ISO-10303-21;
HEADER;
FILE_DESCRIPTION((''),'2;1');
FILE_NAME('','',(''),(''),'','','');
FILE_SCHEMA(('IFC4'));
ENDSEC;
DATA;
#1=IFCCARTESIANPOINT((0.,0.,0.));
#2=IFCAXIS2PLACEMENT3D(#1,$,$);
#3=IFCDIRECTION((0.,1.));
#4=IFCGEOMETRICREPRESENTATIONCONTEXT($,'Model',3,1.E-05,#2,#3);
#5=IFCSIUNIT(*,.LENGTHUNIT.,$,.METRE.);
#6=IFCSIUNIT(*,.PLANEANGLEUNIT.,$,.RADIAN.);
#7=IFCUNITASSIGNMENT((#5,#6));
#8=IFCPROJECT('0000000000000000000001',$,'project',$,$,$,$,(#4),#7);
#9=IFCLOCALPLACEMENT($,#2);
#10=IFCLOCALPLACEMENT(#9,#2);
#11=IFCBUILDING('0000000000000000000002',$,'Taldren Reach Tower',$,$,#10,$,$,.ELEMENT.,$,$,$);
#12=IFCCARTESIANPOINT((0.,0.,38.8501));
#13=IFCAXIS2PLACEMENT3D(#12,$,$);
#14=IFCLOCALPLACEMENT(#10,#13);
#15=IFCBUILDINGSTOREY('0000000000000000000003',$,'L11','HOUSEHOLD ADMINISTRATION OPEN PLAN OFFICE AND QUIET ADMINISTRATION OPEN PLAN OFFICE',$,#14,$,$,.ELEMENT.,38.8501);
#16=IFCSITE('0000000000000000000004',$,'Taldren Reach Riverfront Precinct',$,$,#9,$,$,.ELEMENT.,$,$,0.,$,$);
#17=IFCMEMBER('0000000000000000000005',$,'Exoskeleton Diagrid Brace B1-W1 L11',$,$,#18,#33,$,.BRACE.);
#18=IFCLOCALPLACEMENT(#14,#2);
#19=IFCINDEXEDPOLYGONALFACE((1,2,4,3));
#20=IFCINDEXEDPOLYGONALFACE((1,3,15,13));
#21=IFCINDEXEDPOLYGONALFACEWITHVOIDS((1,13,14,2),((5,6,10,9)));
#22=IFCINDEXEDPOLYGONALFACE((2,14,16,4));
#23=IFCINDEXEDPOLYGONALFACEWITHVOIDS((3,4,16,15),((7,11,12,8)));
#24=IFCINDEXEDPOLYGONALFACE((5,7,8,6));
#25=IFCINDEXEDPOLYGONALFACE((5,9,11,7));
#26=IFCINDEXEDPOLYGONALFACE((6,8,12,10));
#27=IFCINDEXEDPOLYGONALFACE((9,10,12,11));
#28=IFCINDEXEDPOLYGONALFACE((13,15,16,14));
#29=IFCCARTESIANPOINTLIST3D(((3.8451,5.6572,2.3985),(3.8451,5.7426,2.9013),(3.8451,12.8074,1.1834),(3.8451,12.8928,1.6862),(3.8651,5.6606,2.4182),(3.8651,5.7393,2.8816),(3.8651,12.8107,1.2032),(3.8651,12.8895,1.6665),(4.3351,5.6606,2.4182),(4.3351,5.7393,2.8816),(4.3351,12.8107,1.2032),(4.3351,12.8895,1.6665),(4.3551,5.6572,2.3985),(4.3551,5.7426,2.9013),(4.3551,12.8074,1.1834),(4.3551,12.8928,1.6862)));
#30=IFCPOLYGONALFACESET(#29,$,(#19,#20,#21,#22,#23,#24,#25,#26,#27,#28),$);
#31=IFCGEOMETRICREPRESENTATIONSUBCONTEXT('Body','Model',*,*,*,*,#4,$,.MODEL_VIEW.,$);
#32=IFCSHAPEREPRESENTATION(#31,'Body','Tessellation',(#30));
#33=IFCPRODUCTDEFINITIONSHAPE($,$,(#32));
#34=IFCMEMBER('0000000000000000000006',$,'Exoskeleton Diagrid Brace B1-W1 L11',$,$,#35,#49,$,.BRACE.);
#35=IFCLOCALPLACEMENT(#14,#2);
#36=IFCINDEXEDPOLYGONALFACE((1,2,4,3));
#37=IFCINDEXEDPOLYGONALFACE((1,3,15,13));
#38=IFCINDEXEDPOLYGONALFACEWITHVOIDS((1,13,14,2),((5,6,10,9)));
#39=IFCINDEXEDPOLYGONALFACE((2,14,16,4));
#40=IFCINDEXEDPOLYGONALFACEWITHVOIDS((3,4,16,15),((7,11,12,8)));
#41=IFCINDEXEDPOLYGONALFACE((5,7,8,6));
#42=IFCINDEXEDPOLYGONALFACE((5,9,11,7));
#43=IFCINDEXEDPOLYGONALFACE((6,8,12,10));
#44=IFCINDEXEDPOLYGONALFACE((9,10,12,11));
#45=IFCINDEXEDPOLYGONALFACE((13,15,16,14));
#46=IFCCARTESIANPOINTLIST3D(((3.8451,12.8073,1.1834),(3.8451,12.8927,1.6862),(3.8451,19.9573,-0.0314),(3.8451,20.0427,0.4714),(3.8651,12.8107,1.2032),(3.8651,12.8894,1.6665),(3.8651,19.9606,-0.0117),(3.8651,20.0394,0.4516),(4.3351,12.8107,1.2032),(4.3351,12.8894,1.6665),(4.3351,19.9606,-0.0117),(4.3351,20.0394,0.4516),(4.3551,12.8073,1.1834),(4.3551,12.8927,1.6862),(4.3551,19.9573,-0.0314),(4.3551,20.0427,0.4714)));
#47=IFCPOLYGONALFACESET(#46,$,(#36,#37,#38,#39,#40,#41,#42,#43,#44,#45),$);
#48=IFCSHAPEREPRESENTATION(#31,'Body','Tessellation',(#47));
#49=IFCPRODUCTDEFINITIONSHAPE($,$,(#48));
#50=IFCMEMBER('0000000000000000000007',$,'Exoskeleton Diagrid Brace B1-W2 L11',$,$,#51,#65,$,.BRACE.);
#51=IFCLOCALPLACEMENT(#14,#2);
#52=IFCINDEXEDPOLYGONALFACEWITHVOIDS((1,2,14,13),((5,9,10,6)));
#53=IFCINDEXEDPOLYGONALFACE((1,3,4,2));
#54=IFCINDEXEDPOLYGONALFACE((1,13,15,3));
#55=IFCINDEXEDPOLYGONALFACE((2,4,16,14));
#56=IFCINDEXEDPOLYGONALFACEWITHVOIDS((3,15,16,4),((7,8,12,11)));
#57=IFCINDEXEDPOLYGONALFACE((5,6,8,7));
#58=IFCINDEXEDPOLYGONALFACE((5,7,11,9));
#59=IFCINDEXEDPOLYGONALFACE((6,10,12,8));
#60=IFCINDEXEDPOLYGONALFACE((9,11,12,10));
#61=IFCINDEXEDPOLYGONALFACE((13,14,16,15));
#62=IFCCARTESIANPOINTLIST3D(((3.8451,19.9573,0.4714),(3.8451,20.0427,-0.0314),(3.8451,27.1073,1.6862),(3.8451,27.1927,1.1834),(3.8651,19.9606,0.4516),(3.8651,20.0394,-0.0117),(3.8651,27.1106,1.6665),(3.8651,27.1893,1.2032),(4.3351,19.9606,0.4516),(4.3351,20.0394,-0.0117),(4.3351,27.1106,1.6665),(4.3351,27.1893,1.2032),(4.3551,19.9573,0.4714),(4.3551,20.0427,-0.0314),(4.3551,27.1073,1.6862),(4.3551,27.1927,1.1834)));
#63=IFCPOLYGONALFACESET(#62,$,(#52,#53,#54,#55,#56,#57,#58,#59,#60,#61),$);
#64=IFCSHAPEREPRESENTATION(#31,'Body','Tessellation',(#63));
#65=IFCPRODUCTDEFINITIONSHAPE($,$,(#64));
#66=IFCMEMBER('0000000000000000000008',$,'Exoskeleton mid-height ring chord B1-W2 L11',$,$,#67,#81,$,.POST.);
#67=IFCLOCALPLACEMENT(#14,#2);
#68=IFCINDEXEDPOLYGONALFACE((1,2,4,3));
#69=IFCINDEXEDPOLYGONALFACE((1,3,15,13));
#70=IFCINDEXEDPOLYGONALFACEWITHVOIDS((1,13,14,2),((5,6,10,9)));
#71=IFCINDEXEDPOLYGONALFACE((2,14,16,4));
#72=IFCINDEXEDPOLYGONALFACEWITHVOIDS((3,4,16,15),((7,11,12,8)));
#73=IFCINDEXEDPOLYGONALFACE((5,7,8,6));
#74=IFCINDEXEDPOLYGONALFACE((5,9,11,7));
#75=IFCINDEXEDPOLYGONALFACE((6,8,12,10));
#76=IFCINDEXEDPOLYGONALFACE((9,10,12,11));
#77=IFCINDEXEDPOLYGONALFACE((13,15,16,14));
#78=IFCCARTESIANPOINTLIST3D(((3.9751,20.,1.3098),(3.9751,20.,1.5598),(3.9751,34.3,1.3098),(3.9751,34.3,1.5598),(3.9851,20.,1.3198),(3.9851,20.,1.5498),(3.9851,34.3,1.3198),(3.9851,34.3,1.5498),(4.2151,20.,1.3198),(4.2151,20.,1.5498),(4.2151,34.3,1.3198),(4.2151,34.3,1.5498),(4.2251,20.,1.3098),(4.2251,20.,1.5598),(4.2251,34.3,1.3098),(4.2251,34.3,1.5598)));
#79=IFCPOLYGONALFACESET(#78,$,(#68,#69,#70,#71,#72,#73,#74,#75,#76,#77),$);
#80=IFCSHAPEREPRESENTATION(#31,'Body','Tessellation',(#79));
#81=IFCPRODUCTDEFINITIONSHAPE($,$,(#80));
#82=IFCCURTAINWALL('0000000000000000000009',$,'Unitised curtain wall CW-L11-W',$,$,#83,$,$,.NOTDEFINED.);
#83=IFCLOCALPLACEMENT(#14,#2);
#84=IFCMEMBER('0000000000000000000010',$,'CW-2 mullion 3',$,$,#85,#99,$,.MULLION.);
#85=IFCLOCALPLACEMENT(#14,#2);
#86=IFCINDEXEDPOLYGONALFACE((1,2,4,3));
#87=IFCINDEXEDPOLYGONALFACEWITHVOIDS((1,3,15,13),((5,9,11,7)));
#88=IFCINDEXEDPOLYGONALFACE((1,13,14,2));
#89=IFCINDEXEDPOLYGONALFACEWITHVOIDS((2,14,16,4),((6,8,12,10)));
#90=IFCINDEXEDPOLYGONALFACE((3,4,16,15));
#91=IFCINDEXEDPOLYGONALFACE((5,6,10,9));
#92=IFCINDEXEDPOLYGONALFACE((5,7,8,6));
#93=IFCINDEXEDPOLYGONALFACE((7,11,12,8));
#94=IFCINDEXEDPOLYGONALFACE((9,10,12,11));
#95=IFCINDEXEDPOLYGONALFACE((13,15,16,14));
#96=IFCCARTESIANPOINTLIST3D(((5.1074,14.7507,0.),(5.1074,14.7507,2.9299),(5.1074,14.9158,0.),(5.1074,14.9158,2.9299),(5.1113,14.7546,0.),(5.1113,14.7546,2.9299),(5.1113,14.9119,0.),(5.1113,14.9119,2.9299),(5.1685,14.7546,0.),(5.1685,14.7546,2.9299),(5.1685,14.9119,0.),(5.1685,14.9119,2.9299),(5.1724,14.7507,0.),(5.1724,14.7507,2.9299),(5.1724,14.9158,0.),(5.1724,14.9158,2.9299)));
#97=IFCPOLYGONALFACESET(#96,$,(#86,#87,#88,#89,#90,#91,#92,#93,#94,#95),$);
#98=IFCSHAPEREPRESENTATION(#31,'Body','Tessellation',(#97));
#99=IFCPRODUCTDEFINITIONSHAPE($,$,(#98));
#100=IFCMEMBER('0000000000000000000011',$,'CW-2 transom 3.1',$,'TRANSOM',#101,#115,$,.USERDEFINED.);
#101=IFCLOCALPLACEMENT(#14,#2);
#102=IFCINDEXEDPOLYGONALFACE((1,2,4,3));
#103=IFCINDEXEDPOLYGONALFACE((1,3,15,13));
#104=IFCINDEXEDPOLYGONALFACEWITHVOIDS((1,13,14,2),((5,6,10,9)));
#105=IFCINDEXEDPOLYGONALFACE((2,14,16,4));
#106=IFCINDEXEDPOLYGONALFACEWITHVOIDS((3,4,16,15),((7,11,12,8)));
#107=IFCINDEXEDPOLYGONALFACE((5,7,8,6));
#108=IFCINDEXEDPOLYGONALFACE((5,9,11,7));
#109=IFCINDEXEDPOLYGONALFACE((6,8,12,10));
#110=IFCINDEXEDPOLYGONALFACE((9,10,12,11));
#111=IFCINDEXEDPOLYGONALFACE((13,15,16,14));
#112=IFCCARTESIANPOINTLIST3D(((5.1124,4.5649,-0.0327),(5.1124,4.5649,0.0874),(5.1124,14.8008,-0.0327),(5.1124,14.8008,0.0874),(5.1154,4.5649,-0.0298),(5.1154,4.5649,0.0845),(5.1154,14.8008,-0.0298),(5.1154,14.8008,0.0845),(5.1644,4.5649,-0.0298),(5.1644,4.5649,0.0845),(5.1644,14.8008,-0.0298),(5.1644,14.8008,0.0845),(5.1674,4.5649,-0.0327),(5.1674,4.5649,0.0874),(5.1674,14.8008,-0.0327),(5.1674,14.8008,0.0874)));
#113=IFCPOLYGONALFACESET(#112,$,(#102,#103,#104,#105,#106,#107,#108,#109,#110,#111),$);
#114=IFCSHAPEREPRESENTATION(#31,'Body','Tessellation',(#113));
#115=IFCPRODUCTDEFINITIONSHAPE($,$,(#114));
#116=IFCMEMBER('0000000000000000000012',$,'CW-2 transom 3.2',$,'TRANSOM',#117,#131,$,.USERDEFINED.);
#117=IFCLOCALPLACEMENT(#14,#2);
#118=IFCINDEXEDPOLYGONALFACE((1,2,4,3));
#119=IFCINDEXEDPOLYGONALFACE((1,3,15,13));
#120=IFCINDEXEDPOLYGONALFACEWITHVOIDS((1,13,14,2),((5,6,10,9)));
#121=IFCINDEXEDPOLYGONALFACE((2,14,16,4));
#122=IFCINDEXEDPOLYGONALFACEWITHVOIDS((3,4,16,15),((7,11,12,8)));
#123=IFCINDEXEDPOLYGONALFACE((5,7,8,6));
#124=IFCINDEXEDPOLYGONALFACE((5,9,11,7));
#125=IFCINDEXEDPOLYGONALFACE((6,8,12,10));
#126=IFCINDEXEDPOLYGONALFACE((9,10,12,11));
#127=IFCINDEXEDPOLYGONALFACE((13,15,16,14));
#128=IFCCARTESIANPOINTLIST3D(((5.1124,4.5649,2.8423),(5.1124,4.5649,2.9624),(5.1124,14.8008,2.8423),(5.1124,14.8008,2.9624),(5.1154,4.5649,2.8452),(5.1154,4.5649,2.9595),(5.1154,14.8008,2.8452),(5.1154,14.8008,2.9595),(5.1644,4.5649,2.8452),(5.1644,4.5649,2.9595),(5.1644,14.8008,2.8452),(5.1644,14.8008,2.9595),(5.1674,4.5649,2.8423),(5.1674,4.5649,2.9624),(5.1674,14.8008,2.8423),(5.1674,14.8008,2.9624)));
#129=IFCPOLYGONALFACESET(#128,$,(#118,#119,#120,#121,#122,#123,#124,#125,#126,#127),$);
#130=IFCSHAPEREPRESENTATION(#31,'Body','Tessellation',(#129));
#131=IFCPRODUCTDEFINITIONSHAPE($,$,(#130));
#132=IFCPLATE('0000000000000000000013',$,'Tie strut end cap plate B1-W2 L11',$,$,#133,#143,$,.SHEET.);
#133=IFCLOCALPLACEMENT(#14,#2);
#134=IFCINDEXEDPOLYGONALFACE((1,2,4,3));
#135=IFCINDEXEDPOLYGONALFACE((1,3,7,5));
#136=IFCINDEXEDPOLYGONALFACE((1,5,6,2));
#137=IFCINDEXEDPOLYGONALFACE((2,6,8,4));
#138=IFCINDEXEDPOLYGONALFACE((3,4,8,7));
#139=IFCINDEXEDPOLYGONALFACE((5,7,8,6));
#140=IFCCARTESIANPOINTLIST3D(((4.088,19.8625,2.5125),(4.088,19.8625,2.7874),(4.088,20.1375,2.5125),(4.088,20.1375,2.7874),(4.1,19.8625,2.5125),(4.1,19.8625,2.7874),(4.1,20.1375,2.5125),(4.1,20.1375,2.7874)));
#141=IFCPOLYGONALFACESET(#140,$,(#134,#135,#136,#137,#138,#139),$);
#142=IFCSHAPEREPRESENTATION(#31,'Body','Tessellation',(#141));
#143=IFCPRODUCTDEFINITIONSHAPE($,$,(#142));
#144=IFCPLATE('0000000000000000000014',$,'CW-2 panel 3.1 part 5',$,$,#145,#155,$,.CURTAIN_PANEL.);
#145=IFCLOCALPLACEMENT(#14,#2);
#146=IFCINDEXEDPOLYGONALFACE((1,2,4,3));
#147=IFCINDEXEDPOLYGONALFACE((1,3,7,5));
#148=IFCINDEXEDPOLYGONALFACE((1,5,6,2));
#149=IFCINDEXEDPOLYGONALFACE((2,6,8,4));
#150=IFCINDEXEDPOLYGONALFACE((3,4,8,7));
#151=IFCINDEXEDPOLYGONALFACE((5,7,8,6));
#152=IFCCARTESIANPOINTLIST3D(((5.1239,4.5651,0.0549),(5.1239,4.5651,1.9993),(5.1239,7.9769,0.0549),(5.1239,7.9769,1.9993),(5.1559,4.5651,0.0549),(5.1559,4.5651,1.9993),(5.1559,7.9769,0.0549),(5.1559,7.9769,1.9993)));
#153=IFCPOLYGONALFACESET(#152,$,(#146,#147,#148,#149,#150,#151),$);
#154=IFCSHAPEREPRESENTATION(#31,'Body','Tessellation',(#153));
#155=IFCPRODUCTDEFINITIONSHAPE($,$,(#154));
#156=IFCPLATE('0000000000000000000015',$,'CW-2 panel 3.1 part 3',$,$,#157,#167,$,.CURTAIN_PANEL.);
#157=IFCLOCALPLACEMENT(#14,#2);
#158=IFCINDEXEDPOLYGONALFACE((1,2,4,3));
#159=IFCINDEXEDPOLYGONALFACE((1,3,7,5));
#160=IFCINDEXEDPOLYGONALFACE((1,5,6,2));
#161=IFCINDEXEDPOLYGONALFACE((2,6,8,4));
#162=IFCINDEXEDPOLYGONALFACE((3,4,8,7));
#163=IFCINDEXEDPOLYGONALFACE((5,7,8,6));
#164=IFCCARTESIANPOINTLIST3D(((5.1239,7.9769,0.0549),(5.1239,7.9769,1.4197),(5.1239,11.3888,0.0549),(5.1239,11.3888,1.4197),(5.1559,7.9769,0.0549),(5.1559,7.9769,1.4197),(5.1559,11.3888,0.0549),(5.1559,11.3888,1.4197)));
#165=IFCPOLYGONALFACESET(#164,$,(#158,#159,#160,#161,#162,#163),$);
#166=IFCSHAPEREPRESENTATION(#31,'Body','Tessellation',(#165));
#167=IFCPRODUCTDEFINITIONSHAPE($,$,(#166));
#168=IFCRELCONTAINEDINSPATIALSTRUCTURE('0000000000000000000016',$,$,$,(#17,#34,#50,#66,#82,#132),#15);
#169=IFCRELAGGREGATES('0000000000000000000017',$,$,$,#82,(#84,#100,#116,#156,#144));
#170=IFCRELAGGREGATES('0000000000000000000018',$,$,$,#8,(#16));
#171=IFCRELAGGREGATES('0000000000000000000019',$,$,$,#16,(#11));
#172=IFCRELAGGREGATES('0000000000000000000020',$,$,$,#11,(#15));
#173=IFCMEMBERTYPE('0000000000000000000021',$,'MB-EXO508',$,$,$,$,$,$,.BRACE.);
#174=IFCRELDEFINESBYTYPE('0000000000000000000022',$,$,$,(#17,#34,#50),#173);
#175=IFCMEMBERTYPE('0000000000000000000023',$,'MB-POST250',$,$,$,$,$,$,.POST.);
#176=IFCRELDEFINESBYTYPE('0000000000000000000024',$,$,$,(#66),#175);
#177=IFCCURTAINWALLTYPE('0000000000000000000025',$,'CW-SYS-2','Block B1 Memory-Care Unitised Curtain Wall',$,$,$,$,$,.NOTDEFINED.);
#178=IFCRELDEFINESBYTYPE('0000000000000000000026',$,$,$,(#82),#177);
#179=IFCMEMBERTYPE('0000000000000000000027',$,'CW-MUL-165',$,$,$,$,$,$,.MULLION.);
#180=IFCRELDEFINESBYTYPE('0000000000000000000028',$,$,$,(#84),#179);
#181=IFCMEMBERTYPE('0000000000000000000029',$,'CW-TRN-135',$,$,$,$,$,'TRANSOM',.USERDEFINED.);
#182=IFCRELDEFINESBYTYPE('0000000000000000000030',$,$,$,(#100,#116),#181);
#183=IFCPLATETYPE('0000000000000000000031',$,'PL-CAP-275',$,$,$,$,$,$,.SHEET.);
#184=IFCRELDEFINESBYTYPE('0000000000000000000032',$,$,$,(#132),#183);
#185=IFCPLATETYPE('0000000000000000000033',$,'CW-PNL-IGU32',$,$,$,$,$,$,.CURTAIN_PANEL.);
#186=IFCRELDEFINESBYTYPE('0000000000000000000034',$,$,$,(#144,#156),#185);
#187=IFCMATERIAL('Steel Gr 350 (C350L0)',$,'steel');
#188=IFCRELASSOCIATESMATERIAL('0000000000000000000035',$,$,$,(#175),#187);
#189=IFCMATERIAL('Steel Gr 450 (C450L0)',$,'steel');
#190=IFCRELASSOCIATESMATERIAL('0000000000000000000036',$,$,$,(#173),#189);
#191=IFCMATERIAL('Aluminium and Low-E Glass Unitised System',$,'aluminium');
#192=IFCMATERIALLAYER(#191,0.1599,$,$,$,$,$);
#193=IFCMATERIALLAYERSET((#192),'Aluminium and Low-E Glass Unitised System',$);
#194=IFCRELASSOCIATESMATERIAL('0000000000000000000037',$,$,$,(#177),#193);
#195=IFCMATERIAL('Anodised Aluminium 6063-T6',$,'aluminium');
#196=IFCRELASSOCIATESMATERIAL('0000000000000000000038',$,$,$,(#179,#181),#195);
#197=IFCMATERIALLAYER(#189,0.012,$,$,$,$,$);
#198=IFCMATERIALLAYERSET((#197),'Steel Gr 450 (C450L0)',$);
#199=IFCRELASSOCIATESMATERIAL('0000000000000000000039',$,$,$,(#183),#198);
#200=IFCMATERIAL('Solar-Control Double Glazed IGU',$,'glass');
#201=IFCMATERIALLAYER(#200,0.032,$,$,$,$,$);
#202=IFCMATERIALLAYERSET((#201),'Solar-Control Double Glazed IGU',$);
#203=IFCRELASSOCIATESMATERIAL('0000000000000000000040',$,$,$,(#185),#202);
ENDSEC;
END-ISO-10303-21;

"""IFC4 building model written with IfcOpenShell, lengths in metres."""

from ifc_helpers import new_model, si_unit, direction, frame, origin, origin_2d, place, context, subcontext, project, spatial, rectangle, hollow_rectangle, extrude, source, transform, mapped, material, layer, layer_set, material_profile, profile_set, type_object, element, aggregate, save


model = new_model("IFC4")

# Units and contexts
model_context = context("Model", 3, precision=1e-05, world=origin(), true_north=direction((0.0, 1.0)))
body_context = subcontext(model_context, "Body", "Model", "MODEL_VIEW")
ifc_project = project(units=[si_unit("LENGTHUNIT", "METRE"), si_unit("PLANEANGLEUNIT", "RADIAN")], contexts=[model_context])

# Site, building, storey
site_placement = place(None, origin())
site = spatial("IfcSite", under=ifc_project, at=site_placement, Name="Taldren Reach Riverfront Precinct", CompositionType="ELEMENT", RefElevation=0.0)
building_placement = place(site_placement, origin())
building = spatial("IfcBuilding", under=site, at=building_placement, Name="Taldren Reach Tower", CompositionType="ELEMENT")
storey_placement = place(building_placement, frame((0.0, 0.0, 38.8501)))
storey = spatial("IfcBuildingStorey", under=building, at=storey_placement, Name="L11", Description="HOUSEHOLD ADMINISTRATION OPEN PLAN OFFICE AND QUIET ADMINISTRATION OPEN PLAN OFFICE", CompositionType="ELEMENT", Elevation=38.8501)

# Members
ifc_material_1 = material(Name="Steel Gr 450 (C450L0)", Category="steel")
ifc_material_2 = material(Name="Steel Gr 350 (C350L0)", Category="steel")
ifc_material_profile_1 = material_profile(ifc_material_2, hollow_rectangle(XDim=0.25, YDim=0.25, WallThickness=0.01, at=origin_2d()), Name="250x250x10.0SHS")
ifc_profile_set_1 = profile_set([ifc_material_profile_1], Name="Steel Gr 350 (C350L0)")
member_type_1 = type_object("IfcMemberType", Name="MB-POST250", PredefinedType="POST", material=ifc_profile_set_1)
ifc_material_profile_2 = material_profile(ifc_material_1, hollow_rectangle(XDim=0.51, YDim=0.51, WallThickness=0.02, at=origin_2d()), Name="510x510x20.0SHS")
ifc_profile_set_2 = profile_set([ifc_material_profile_2], Name="Steel Gr 450 (C450L0)")
member_type_2 = type_object("IfcMemberType", Name="MB-EXO508", PredefinedType="BRACE", material=ifc_profile_set_2)
shared_shape_1 = source(origin(), body_context, "Body", "SweptSolid", [
    extrude(hollow_rectangle(XDim=0.51, YDim=0.51, WallThickness=0.02, at=origin_2d()), origin(), (0.0, 0.0, 1.0), 7.2527),
])
member_1_placement = place(storey_placement, frame((4.1001, 12.8501, 1.4348), z_axis=(0.0, -0.985866, 0.167537), x_axis=(1.0, 0.0, 0.0)))
element("IfcMember", 1, at=member_1_placement, inside=storey, type_object=member_type_2, Name="Exoskeleton Diagrid Brace B1-W1 L11", PredefinedType="BRACE", context=body_context, shape_type="MappedRepresentation", body=[
    mapped(shared_shape_1, transform((0.0, 0.0, 0.0), scale=1.0)),
])
shared_shape_2 = source(origin(), body_context, "Body", "SweptSolid", [
    extrude(hollow_rectangle(XDim=0.51, YDim=0.51, WallThickness=0.02, at=origin_2d()), origin(), (0.0, 0.0, 1.0), 7.2524),
])
for number, where, z_axis, x_axis, name in (
    (2, (4.1001, 20.0, 0.22), (0.0, -0.98587, 0.16751), (1.0, 0.0, 0.0), "Exoskeleton Diagrid Brace B1-W1 L11"),
    (3, (4.1001, 20.0, 0.22), (0.0, 0.98587, 0.16751), (-1.0, 0.0, 0.0), "Exoskeleton Diagrid Brace B1-W2 L11"),
):
    element("IfcMember", number, at=place(storey_placement, frame(where, z_axis=z_axis, x_axis=x_axis)), inside=storey, type_object=member_type_2, Name=name, PredefinedType="BRACE", context=body_context, shape_type="MappedRepresentation", body=[
        mapped(shared_shape_2, transform((0.0, 0.0, 0.0), scale=1.0)),
    ])
shared_shape_3 = source(origin(), body_context, "Body", "SweptSolid", [
    extrude(hollow_rectangle(XDim=0.25, YDim=0.25, WallThickness=0.01, at=origin_2d()), origin(), (0.0, 0.0, 1.0), 14.3),
])
member_2_placement = place(storey_placement, frame((4.1001, 20.0, 1.4348), z_axis=(0.0, 1.0, 0.0), x_axis=(-1.0, 0.0, 0.0)))
element("IfcMember", 4, at=member_2_placement, inside=storey, type_object=member_type_1, Name="Exoskeleton mid-height ring chord B1-W2 L11", PredefinedType="POST", context=body_context, shape_type="MappedRepresentation", body=[
    mapped(shared_shape_3, transform((0.0, 0.0, 0.0), scale=1.0)),
])

# Curtain wall, members
ifc_material_3 = material(Name="Aluminium and Low-E Glass Unitised System", Category="aluminium")
ifc_layer_1 = layer(ifc_material_3, 0.1599)
ifc_layer_set_1 = layer_set([ifc_layer_1], Name="Aluminium and Low-E Glass Unitised System")
curtain_wall_type = type_object("IfcCurtainWallType", Name="CW-SYS-2", Description="Block B1 Memory-Care Unitised Curtain Wall", PredefinedType="NOTDEFINED", material=ifc_layer_set_1)
curtain_wall_placement = place(storey_placement, origin())
curtain_wall = element("IfcCurtainWall", 5, at=curtain_wall_placement, inside=storey, type_object=curtain_wall_type, Name="Unitised curtain wall CW-L11-W", PredefinedType="NOTDEFINED")
ifc_material_4 = material(Name="Anodised Aluminium 6063-T6", Category="aluminium")
ifc_material_profile_3 = material_profile(ifc_material_4, hollow_rectangle(XDim=0.0649, YDim=0.165, WallThickness=0.0039, at=origin_2d()), Name="ALU-165x65x4RHS")
ifc_profile_set_3 = profile_set([ifc_material_profile_3], Name="Anodised Aluminium 6063-T6")
member_type_3 = type_object("IfcMemberType", Name="CW-MUL-165", PredefinedType="MULLION", material=ifc_profile_set_3)
shared_shape_4 = source(origin(), body_context, "Body", "SweptSolid", [
    extrude(hollow_rectangle(XDim=0.0649, YDim=0.165, WallThickness=0.0039, at=origin_2d()), origin(), (0.0, 0.0, 1.0), 2.9299),
])
member_3_placement = place(storey_placement, frame((5.1399, 14.8333, 0.0), z_axis=(0.0, 0.0, 1.0), x_axis=(1.0, 0.0, 0.0)))
member_3 = element("IfcMember", 6, at=member_3_placement, type_object=member_type_3, Name="CW-2 mullion 3", PredefinedType="MULLION", context=body_context, shape_type="MappedRepresentation", body=[
    mapped(shared_shape_4, transform((0.0, 0.0, 0.0), scale=1.0)),
])
ifc_material_profile_4 = material_profile(ifc_material_4, hollow_rectangle(XDim=0.0549, YDim=0.1201, WallThickness=0.0029, at=origin_2d()), Name="ALU-120x55x3RHS")
ifc_profile_set_4 = profile_set([ifc_material_profile_4], Name="Anodised Aluminium 6063-T6")
member_type_4 = type_object("IfcMemberType", Name="CW-TRN-135", ElementType="TRANSOM", PredefinedType="USERDEFINED", material=ifc_profile_set_4)
shared_shape_5 = source(origin(), body_context, "Body", "SweptSolid", [
    extrude(hollow_rectangle(XDim=0.0549, YDim=0.1201, WallThickness=0.0029, at=origin_2d()), origin(), (0.0, 0.0, 1.0), 10.2358),
])
member_4_placement = place(storey_placement, frame((5.1399, 14.8008, 0.0273), z_axis=(0.0, -1.0, 0.0), x_axis=(1.0, 0.0, 0.0)))
member_4 = element("IfcMember", 7, at=member_4_placement, type_object=member_type_4, Name="CW-2 transom 3.1", ObjectType="TRANSOM", PredefinedType="USERDEFINED", context=body_context, shape_type="MappedRepresentation", body=[
    mapped(shared_shape_5, transform((0.0, 0.0, 0.0), scale=1.0)),
])
member_5_placement = place(storey_placement, frame((5.1399, 14.8008, 2.9023), z_axis=(0.0, -1.0, 0.0), x_axis=(1.0, 0.0, 0.0)))
member_5 = element("IfcMember", 8, at=member_5_placement, type_object=member_type_4, Name="CW-2 transom 3.2", ObjectType="TRANSOM", PredefinedType="USERDEFINED", context=body_context, shape_type="MappedRepresentation", body=[
    mapped(shared_shape_5, transform((0.0, 0.0, 0.0), scale=1.0)),
])

# Plates
ifc_layer_2 = layer(ifc_material_1, 0.012)
ifc_layer_set_2 = layer_set([ifc_layer_2], Name="Steel Gr 450 (C450L0)")
plate_type_1 = type_object("IfcPlateType", Name="PL-CAP-275", PredefinedType="SHEET", material=ifc_layer_set_2)
shared_shape_6 = source(origin(), body_context, "Body", "SweptSolid", [
    extrude(rectangle(XDim=0.012, YDim=0.2749, at=origin_2d()), origin(), (0.0, 0.0, 1.0), 0.2749),
])
plate_1_placement = place(storey_placement, frame((4.094, 20.0, 2.5125), z_axis=(0.0, 0.0, 1.0), x_axis=(1.0, 0.0, 0.0)))
element("IfcPlate", 9, at=plate_1_placement, inside=storey, type_object=plate_type_1, Name="Tie strut end cap plate B1-W2 L11", PredefinedType="SHEET", context=body_context, shape_type="MappedRepresentation", body=[
    mapped(shared_shape_6, transform((0.0, 0.0, 0.0), scale=1.0)),
])
ifc_material_5 = material(Name="Solar-Control Double Glazed IGU", Category="glass")
ifc_layer_3 = layer(ifc_material_5, 0.032)
ifc_layer_set_3 = layer_set([ifc_layer_3], Name="Solar-Control Double Glazed IGU")
plate_type_2 = type_object("IfcPlateType", Name="CW-PNL-IGU32", PredefinedType="CURTAIN_PANEL", material=ifc_layer_set_3)
shared_shape_7 = source(origin(), body_context, "Body", "SweptSolid", [
    extrude(rectangle(XDim=3.4119, YDim=0.032, at=origin_2d()), origin(), (0.0, 0.0, 1.0), 1.9443),
])
plate_2_placement = place(storey_placement, frame((5.1399, 6.271, 0.0549), z_axis=(0.0, 0.0, 1.0), x_axis=(0.0, -1.0, 0.0)))
plate_2 = element("IfcPlate", 10, at=plate_2_placement, type_object=plate_type_2, Name="CW-2 panel 3.1 part 5", PredefinedType="CURTAIN_PANEL", context=body_context, shape_type="MappedRepresentation", body=[
    mapped(shared_shape_7, transform((0.0, 0.0, 0.0), scale=1.0)),
])
shared_shape_8 = source(origin(), body_context, "Body", "SweptSolid", [
    extrude(rectangle(XDim=3.4119, YDim=0.032, at=origin_2d()), origin(), (0.0, 0.0, 1.0), 1.3647),
])
plate_3_placement = place(storey_placement, frame((5.1399, 9.6829, 0.0549), z_axis=(0.0, 0.0, 1.0), x_axis=(0.0, -1.0, 0.0)))
plate_3 = element("IfcPlate", 11, at=plate_3_placement, type_object=plate_type_2, Name="CW-2 panel 3.1 part 3", PredefinedType="CURTAIN_PANEL", context=body_context, shape_type="MappedRepresentation", body=[
    mapped(shared_shape_8, transform((0.0, 0.0, 0.0), scale=1.0)),
])
aggregate(curtain_wall, [member_3, member_4, member_5, plate_3, plate_2])

save(model, "model.ifc")
